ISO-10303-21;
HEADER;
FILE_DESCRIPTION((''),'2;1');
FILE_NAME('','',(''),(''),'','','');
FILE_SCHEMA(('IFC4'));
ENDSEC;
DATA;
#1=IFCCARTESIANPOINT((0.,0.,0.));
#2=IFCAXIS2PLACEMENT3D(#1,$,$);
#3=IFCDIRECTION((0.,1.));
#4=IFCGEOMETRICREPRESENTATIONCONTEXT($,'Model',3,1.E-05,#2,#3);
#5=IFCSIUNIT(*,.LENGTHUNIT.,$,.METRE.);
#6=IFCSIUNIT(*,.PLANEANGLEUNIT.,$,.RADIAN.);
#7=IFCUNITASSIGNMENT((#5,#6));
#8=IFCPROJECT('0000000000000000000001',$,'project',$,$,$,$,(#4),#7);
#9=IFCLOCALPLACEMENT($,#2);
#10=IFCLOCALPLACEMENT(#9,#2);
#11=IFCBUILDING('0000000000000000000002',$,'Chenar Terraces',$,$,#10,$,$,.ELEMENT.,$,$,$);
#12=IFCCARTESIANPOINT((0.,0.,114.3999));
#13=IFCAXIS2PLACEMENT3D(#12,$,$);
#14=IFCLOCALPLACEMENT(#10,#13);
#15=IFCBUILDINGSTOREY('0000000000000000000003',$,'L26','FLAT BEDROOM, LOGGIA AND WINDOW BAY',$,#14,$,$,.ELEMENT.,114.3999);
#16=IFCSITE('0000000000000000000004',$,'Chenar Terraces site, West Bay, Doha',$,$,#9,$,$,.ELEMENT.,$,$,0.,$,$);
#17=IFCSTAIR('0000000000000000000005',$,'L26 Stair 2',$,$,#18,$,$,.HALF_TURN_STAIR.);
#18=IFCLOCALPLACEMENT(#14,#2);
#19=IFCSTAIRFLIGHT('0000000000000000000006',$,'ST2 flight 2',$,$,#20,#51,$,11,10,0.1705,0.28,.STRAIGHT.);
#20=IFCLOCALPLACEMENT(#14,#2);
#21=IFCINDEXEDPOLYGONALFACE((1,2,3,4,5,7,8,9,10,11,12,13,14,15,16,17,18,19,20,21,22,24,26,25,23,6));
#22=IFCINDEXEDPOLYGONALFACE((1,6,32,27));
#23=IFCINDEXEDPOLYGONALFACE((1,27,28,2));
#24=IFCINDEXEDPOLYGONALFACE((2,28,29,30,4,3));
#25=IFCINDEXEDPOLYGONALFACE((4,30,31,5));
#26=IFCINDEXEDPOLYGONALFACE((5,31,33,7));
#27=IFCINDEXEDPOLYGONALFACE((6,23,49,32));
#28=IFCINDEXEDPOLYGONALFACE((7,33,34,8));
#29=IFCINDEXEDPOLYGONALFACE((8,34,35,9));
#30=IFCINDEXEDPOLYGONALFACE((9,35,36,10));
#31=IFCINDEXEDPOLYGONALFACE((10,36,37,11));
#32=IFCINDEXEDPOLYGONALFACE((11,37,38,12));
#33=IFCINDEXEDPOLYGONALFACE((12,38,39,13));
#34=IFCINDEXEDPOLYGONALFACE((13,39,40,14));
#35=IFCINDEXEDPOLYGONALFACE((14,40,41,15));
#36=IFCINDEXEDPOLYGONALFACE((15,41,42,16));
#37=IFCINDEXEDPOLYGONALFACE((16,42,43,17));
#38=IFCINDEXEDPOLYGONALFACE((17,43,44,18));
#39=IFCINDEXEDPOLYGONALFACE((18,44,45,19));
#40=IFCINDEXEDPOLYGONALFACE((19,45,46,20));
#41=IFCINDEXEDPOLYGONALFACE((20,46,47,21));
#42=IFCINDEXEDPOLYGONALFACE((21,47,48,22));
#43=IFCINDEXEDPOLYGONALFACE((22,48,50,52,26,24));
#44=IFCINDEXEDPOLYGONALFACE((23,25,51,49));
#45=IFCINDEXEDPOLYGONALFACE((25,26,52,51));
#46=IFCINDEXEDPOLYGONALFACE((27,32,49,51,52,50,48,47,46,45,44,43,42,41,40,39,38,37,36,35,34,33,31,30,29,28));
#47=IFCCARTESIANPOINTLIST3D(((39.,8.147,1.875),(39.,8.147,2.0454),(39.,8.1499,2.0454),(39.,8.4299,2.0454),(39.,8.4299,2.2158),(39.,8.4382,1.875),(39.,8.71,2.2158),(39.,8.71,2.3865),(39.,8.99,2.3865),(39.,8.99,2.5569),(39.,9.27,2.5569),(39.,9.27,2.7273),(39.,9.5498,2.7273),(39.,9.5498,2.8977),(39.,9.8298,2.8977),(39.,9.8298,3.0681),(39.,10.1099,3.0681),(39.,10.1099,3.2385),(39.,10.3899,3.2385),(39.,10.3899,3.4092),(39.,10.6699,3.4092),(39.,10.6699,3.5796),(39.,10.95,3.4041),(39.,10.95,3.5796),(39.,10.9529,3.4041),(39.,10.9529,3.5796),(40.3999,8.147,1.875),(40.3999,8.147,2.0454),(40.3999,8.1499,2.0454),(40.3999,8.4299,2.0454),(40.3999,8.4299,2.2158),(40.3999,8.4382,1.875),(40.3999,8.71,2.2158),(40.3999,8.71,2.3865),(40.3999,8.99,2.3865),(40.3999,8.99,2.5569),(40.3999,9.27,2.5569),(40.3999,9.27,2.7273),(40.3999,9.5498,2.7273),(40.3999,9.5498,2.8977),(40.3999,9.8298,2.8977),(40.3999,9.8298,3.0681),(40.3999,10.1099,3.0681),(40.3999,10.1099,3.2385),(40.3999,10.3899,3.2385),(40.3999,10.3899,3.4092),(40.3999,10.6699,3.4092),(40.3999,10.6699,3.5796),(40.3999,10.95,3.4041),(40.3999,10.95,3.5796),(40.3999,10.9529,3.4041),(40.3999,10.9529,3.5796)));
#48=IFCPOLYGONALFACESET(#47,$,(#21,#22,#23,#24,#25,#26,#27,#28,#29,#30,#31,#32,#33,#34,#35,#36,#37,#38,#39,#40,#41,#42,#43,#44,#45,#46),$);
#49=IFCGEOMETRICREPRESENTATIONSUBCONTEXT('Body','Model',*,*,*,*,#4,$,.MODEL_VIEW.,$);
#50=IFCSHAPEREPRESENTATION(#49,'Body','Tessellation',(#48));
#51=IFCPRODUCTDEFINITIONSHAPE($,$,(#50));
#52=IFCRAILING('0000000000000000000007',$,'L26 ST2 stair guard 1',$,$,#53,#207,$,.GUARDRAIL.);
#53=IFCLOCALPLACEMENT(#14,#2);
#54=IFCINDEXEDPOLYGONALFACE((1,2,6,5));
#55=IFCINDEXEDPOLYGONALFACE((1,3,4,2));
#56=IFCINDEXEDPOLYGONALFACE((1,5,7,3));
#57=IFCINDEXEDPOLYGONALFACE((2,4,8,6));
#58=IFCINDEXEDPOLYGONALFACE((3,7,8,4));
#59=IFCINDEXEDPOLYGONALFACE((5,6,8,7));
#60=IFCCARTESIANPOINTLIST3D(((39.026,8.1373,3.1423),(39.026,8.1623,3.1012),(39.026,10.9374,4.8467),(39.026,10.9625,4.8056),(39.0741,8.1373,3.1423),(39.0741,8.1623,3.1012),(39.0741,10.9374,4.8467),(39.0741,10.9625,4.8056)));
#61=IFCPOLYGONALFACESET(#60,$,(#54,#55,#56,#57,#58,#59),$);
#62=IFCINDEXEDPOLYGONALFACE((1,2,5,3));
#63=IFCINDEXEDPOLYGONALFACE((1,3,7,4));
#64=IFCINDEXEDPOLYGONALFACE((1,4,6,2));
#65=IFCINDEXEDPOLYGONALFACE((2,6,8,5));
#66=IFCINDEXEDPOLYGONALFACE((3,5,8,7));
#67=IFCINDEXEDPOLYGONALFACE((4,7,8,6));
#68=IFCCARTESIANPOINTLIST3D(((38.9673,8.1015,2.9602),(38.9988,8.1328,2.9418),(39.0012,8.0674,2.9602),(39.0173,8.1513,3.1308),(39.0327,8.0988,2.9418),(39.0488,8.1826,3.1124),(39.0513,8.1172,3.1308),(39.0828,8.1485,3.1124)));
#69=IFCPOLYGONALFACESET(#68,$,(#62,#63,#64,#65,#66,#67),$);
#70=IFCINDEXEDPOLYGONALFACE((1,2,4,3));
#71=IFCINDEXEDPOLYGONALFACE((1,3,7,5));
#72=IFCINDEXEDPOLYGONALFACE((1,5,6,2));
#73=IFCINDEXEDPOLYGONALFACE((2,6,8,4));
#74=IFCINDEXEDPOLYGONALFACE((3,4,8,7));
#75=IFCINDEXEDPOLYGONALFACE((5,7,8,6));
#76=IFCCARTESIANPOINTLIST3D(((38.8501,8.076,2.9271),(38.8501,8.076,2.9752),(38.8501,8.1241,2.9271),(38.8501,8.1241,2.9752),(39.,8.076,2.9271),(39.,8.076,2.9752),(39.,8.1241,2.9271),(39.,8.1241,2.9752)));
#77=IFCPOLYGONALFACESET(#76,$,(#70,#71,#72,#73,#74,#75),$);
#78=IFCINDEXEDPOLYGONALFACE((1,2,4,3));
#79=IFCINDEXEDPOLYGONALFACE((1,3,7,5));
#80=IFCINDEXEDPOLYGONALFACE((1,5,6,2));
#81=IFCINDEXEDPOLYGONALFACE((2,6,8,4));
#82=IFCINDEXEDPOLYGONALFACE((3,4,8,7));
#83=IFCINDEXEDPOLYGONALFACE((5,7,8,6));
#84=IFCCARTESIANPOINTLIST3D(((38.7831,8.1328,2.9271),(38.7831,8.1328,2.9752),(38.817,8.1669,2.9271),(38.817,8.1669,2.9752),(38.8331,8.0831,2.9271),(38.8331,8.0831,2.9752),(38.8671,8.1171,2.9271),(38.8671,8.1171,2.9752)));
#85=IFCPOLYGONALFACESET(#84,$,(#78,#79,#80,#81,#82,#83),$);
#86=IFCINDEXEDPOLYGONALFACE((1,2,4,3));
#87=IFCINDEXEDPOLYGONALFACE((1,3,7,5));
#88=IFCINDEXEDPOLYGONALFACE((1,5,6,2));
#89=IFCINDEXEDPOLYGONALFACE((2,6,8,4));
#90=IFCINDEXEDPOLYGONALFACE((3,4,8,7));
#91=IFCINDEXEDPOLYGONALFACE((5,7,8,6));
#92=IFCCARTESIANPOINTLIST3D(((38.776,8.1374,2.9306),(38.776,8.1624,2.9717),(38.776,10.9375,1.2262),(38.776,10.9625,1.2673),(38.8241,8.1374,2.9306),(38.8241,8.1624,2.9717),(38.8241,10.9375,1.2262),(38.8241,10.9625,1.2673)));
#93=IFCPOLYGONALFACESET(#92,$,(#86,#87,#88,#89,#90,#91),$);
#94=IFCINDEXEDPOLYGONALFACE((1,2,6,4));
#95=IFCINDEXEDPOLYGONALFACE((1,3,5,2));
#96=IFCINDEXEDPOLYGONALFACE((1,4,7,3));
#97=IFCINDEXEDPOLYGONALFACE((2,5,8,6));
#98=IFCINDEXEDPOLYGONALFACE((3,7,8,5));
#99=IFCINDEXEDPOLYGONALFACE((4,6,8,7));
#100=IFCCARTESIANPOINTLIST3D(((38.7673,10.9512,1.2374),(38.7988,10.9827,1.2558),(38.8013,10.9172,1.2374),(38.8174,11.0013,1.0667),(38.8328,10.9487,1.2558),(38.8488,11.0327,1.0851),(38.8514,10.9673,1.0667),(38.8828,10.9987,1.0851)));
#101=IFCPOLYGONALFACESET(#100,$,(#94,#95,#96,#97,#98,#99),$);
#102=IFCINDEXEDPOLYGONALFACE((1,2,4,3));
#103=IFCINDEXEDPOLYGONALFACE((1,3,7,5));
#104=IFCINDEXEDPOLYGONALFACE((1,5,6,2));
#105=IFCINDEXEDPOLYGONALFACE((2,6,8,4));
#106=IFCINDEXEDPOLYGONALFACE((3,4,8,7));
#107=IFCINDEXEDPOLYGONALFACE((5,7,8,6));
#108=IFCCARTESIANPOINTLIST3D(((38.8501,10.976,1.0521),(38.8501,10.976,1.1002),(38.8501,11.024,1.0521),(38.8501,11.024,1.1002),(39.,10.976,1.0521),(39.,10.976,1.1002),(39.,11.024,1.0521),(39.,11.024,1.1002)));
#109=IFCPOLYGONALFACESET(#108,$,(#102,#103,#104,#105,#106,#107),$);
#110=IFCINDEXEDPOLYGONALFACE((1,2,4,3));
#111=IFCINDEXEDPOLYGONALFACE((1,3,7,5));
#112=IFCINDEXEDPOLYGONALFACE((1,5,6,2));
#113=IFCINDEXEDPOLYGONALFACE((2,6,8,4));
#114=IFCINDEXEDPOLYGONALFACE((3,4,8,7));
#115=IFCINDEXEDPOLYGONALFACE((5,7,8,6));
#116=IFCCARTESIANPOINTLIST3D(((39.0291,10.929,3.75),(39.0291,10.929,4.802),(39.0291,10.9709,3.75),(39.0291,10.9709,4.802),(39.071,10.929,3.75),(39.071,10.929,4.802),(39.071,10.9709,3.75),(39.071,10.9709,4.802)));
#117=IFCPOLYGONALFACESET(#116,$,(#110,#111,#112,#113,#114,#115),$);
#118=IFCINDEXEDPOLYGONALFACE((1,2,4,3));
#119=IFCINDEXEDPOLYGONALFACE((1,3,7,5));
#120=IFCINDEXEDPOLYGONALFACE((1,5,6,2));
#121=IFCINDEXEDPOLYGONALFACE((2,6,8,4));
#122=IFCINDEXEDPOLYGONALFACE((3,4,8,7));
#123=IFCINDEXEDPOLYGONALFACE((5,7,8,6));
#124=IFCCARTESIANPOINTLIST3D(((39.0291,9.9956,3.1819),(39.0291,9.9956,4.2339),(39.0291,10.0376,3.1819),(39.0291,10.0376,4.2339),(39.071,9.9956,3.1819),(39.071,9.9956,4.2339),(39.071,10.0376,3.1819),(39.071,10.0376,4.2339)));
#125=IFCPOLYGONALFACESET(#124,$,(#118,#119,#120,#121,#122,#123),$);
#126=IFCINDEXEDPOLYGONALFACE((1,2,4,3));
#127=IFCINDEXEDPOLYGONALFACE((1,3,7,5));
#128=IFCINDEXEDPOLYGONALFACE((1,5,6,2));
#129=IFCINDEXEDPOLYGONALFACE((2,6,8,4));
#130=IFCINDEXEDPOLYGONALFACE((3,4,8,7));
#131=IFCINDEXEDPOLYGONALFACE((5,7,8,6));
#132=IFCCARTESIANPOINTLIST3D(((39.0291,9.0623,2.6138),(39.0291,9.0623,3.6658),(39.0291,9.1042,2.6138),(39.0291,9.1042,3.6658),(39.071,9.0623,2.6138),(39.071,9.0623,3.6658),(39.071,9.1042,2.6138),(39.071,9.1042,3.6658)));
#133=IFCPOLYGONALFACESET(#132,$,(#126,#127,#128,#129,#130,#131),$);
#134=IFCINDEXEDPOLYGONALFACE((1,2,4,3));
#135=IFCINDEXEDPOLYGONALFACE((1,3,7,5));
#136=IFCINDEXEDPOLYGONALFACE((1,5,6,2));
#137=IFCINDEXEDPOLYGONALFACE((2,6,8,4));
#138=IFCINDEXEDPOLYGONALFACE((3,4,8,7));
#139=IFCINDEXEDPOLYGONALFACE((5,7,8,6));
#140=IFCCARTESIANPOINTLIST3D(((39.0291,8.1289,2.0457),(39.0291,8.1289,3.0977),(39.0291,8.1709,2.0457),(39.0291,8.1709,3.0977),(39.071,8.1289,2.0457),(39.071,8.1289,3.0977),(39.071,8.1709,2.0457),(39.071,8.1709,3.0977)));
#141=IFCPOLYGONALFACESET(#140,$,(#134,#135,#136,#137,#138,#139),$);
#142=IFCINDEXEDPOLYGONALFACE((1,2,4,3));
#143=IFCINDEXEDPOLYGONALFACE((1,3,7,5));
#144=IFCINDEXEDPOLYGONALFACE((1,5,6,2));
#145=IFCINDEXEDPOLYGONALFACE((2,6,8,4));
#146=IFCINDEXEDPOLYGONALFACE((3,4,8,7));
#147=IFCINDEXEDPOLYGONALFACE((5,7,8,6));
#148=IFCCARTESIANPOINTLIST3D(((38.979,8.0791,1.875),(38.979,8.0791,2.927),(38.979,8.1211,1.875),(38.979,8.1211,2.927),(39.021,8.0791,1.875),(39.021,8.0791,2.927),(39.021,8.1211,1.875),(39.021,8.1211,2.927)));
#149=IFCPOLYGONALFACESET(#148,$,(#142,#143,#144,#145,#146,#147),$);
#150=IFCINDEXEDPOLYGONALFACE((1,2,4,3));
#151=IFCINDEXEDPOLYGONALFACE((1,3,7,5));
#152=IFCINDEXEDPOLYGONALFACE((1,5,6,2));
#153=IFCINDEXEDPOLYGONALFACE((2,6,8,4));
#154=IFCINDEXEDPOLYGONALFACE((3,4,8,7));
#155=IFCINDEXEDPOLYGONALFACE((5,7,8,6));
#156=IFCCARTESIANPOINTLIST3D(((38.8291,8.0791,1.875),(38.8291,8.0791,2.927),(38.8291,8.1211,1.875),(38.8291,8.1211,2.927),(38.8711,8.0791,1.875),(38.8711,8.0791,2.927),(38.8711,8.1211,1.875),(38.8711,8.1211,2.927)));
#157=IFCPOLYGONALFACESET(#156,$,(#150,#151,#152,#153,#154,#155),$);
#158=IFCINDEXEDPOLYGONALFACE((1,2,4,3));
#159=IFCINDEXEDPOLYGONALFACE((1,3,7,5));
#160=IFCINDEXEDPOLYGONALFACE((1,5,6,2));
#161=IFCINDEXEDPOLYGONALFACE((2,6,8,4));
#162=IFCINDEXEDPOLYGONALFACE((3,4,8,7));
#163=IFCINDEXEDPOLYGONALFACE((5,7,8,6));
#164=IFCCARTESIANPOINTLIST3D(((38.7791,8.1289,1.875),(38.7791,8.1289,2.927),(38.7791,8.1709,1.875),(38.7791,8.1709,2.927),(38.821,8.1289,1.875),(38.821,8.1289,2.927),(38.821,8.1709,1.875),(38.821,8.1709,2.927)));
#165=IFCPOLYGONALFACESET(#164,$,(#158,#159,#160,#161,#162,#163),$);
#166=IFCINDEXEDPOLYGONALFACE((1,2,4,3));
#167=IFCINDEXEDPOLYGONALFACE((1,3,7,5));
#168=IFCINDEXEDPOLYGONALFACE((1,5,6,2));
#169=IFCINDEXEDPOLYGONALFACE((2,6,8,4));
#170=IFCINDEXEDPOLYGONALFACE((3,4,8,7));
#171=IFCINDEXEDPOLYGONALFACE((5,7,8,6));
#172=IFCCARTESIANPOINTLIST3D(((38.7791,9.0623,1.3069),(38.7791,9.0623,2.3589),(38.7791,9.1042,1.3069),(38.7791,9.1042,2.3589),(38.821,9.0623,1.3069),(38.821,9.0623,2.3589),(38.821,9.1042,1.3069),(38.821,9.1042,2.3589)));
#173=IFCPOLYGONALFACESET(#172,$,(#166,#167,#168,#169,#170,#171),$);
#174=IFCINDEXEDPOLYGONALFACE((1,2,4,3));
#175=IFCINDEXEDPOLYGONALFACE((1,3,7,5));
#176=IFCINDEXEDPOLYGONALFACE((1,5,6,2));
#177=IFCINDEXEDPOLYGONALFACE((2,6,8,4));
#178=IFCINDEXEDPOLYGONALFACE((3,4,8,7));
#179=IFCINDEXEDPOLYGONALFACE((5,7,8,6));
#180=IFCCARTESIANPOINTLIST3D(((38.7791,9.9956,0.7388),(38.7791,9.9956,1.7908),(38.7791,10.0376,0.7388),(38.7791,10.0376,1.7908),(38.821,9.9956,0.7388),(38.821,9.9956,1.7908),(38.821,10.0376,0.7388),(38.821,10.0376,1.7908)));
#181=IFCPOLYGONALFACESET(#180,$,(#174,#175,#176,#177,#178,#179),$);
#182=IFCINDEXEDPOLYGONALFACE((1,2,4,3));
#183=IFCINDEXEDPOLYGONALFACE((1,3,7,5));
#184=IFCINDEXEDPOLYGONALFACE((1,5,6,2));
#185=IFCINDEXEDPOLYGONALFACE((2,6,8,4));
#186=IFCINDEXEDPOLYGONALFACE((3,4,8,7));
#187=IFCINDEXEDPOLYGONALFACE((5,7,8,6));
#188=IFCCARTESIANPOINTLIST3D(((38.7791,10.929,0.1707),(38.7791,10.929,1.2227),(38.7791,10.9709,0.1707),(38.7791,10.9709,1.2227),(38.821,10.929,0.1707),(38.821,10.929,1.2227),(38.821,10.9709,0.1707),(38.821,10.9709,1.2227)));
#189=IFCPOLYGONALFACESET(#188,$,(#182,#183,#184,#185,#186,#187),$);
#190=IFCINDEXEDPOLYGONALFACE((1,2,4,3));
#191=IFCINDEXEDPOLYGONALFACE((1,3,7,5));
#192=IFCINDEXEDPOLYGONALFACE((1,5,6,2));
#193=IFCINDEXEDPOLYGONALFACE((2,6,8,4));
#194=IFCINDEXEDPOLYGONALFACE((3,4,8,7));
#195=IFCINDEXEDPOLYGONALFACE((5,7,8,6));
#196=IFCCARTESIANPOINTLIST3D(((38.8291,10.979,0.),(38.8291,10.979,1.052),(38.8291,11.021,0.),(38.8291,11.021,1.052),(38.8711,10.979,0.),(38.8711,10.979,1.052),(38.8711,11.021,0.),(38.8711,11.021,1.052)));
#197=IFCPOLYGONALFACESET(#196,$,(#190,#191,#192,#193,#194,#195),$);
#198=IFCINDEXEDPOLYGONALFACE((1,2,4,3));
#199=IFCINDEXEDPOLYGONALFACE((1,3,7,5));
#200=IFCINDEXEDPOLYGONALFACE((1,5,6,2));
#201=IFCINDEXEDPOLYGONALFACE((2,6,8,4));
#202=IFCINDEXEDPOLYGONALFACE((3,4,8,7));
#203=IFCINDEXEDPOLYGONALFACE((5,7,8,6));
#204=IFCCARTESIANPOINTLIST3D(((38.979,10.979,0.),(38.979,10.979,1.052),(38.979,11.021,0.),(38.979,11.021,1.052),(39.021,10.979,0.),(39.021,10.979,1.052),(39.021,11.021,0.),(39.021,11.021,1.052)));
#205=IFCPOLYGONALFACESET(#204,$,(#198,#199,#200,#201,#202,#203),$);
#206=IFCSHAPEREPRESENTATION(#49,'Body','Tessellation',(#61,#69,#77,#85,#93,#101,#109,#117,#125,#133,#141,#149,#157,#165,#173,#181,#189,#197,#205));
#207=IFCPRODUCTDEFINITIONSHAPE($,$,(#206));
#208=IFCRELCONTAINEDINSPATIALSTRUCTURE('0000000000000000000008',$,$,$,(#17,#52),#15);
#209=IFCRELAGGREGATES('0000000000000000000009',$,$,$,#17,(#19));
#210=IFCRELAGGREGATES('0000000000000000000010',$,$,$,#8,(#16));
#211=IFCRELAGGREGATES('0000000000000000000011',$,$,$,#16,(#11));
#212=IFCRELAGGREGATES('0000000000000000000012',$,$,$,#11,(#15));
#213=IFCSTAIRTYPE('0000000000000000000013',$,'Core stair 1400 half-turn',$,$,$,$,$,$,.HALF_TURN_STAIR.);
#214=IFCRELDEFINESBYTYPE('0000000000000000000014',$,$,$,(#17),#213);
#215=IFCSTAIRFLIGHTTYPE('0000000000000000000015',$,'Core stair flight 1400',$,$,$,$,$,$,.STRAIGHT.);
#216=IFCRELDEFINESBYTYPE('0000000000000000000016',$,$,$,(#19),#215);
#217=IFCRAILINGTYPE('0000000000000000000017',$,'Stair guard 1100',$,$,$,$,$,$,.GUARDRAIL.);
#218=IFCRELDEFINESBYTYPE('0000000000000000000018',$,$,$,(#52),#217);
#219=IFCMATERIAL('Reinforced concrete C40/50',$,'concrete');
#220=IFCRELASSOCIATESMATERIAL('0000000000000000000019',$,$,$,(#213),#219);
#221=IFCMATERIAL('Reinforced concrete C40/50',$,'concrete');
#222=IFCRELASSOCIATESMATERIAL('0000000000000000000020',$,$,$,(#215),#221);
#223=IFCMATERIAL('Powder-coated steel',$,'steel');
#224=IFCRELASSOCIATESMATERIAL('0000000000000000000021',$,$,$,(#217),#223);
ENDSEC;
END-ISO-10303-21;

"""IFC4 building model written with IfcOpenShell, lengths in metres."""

from ifc_helpers import new_model, si_unit, direction, frame, origin, origin_2d, place, context, subcontext, project, spatial, polyline, rectangle, outline, extrude, material, type_object, element, aggregate, save


model = new_model("IFC4")

# Units and contexts
model_context = context("Model", 3, precision=1e-05, world=origin(), true_north=direction((0.0, 1.0)))
body_context = subcontext(model_context, "Body", "Model", "MODEL_VIEW")
ifc_project = project(units=[si_unit("LENGTHUNIT", "METRE"), si_unit("PLANEANGLEUNIT", "RADIAN")], contexts=[model_context])

# Site, building, storey
site_placement = place(None, origin())
site = spatial("IfcSite", under=ifc_project, at=site_placement, Name="Chenar Terraces site, West Bay, Doha", CompositionType="ELEMENT", RefElevation=0.0)
building_placement = place(site_placement, origin())
building = spatial("IfcBuilding", under=site, at=building_placement, Name="Chenar Terraces", CompositionType="ELEMENT")
storey_placement = place(building_placement, frame((0.0, 0.0, 114.3999)))
storey = spatial("IfcBuildingStorey", under=building, at=storey_placement, Name="L26", Description="FLAT BEDROOM, LOGGIA AND WINDOW BAY", CompositionType="ELEMENT", Elevation=114.3999)

# Stair, stair flight
ifc_material_1 = material(Name="Reinforced concrete C40/50", Category="concrete")
stair_type = type_object("IfcStairType", Name="Core stair 1400 half-turn", PredefinedType="HALF_TURN_STAIR", material=ifc_material_1)
stair_placement = place(storey_placement, origin())
stair = element("IfcStair", 1, at=stair_placement, inside=storey, type_object=stair_type, Name="L26 Stair 2", PredefinedType="HALF_TURN_STAIR")
ifc_material_2 = material(Name="Reinforced concrete C40/50", Category="concrete")
stair_flight_type = type_object("IfcStairFlightType", Name="Core stair flight 1400", PredefinedType="STRAIGHT", material=ifc_material_2)
stair_flight_1_placement = place(storey_placement, frame((39.7, 8.1499, 1.875), z_axis=(0.0, 0.0, 1.0), x_axis=(0.0, 1.0, 0.0)))
stair_flight_1 = element("IfcStairFlight", 2, at=stair_flight_1_placement, type_object=stair_flight_type, Name="ST2 flight 2", NumberOfRisers=11, NumberOfTreads=10, PredefinedType="STRAIGHT", RiserHeight=0.1705, TreadLength=0.28, context=body_context, shape_type="SweptSolid", body=[
    extrude(outline(polyline([(-0.0029, 0.0), (-0.0029, 0.1704), (0.0, 0.1704), (0.28, 0.1704), (0.28, 0.3408), (0.5601, 0.3408), (0.5601, 0.5115), (0.8401, 0.5115), (0.8401, 0.6819), (1.1201, 0.6819), (1.1201, 0.8523), (1.3999, 0.8523), (1.3999, 1.0227), (1.6799, 1.0227), (1.6799, 1.1931), (1.96, 1.1931), (1.96, 1.3635), (2.24, 1.3635), (2.24, 1.5342), (2.52, 1.5342), (2.52, 1.7046), (2.8, 1.7046), (2.803, 1.7046), (2.803, 1.5291), (2.8, 1.5291), (0.2883, 0.0), (-0.0029, 0.0)])), frame((0.0, 0.7, 0.0), z_axis=(0.0, -1.0, 0.0), x_axis=(1.0, 0.0, 0.0)), (0.0, 0.0, 1.0), 1.3999),
])
aggregate(stair, [stair_flight_1])

# Railing
ifc_material_3 = material(Name="Powder-coated steel", Category="steel")
railing_type_1 = type_object("IfcRailingType", Name="Stair guard 1100", PredefinedType="GUARDRAIL", material=ifc_material_3)
railing_1_placement = place(storey_placement, frame((39.05, 10.95, 3.75)))
element("IfcRailing", 3, at=railing_1_placement, inside=storey, type_object=railing_type_1, Name="L26 ST2 stair guard 1", PredefinedType="GUARDRAIL", context=body_context, shape_type="SweptSolid", body=[
    extrude(rectangle(XDim=0.0481, YDim=0.0481, at=origin_2d()), frame((0.0, 0.0, 1.0762), z_axis=(0.0, -0.854203, -0.51994), x_axis=(1.0, 0.0, 0.0)), (0.0, 0.0, 1.0), 3.2781),
    extrude(rectangle(XDim=0.0481, YDim=0.0481, at=origin_2d()), frame((0.0, -2.8, -0.6284), z_axis=(-0.270997, -0.269675, -0.924033), x_axis=(0.705376, -0.708834, 0.0)), (0.0, 0.0, 1.0), 0.1846),
    extrude(rectangle(XDim=0.0481, YDim=0.0481, at=origin_2d()), frame((-0.05, -2.8499, -0.7988), z_axis=(-1.0, 0.0, 0.0), x_axis=(0.0, -1.0, 0.0)), (0.0, 0.0, 1.0), 0.1499),
    extrude(rectangle(XDim=0.0481, YDim=0.0481, at=origin_2d()), frame((-0.2, -2.8499, -0.7988), z_axis=(-0.708834, 0.705376, 0.0), x_axis=(-0.705376, -0.708834, 0.0)), (0.0, 0.0, 1.0), 0.0706),
    extrude(rectangle(XDim=0.0481, YDim=0.0481, at=origin_2d()), frame((-0.25, -2.8, -0.7988), z_axis=(0.0, 0.854203, -0.51994), x_axis=(-1.0, 0.0, 0.0)), (0.0, 0.0, 1.0), 3.2781),
    extrude(rectangle(XDim=0.0481, YDim=0.0481, at=origin_2d()), frame((-0.25, 0.0, -2.5034), z_axis=(0.2709, 0.2709, -0.923703), x_axis=(-0.707107, 0.707107, 0.0)), (0.0, 0.0, 1.0), 0.1848),
    extrude(rectangle(XDim=0.0481, YDim=0.0481, at=origin_2d()), frame((-0.2, 0.05, -2.6738), z_axis=(1.0, 0.0, 0.0), x_axis=(0.0, 1.0, 0.0)), (0.0, 0.0, 1.0), 0.1499),
    extrude(rectangle(XDim=0.042, YDim=0.042, at=origin_2d()), origin(), (0.0, 0.0, 1.0), 1.052),
    extrude(rectangle(XDim=0.042, YDim=0.042, at=origin_2d()), frame((0.0, -0.9333, -0.5681)), (0.0, 0.0, 1.0), 1.052),
    extrude(rectangle(XDim=0.042, YDim=0.042, at=origin_2d()), frame((0.0, -1.8667, -1.1362)), (0.0, 0.0, 1.0), 1.052),
    extrude(rectangle(XDim=0.042, YDim=0.042, at=origin_2d()), frame((0.0, -2.8, -1.7043)), (0.0, 0.0, 1.0), 1.052),
    extrude(rectangle(XDim=0.042, YDim=0.042, at=origin_2d()), frame((-0.05, -2.8499, -1.875)), (0.0, 0.0, 1.0), 1.052),
    extrude(rectangle(XDim=0.042, YDim=0.042, at=origin_2d()), frame((-0.2, -2.8499, -1.875)), (0.0, 0.0, 1.0), 1.052),
    extrude(rectangle(XDim=0.042, YDim=0.042, at=origin_2d()), frame((-0.25, -2.8, -1.875)), (0.0, 0.0, 1.0), 1.052),
    extrude(rectangle(XDim=0.042, YDim=0.042, at=origin_2d()), frame((-0.25, -1.8667, -2.4431)), (0.0, 0.0, 1.0), 1.052),
    extrude(rectangle(XDim=0.042, YDim=0.042, at=origin_2d()), frame((-0.25, -0.9333, -3.0112)), (0.0, 0.0, 1.0), 1.052),
    extrude(rectangle(XDim=0.042, YDim=0.042, at=origin_2d()), frame((-0.25, 0.0, -3.5793)), (0.0, 0.0, 1.0), 1.052),
    extrude(rectangle(XDim=0.042, YDim=0.042, at=origin_2d()), frame((-0.2, 0.05, -3.75)), (0.0, 0.0, 1.0), 1.052),
    extrude(rectangle(XDim=0.042, YDim=0.042, at=origin_2d()), frame((-0.05, 0.05, -3.75)), (0.0, 0.0, 1.0), 1.052),
])

save(model, "model.ifc")
